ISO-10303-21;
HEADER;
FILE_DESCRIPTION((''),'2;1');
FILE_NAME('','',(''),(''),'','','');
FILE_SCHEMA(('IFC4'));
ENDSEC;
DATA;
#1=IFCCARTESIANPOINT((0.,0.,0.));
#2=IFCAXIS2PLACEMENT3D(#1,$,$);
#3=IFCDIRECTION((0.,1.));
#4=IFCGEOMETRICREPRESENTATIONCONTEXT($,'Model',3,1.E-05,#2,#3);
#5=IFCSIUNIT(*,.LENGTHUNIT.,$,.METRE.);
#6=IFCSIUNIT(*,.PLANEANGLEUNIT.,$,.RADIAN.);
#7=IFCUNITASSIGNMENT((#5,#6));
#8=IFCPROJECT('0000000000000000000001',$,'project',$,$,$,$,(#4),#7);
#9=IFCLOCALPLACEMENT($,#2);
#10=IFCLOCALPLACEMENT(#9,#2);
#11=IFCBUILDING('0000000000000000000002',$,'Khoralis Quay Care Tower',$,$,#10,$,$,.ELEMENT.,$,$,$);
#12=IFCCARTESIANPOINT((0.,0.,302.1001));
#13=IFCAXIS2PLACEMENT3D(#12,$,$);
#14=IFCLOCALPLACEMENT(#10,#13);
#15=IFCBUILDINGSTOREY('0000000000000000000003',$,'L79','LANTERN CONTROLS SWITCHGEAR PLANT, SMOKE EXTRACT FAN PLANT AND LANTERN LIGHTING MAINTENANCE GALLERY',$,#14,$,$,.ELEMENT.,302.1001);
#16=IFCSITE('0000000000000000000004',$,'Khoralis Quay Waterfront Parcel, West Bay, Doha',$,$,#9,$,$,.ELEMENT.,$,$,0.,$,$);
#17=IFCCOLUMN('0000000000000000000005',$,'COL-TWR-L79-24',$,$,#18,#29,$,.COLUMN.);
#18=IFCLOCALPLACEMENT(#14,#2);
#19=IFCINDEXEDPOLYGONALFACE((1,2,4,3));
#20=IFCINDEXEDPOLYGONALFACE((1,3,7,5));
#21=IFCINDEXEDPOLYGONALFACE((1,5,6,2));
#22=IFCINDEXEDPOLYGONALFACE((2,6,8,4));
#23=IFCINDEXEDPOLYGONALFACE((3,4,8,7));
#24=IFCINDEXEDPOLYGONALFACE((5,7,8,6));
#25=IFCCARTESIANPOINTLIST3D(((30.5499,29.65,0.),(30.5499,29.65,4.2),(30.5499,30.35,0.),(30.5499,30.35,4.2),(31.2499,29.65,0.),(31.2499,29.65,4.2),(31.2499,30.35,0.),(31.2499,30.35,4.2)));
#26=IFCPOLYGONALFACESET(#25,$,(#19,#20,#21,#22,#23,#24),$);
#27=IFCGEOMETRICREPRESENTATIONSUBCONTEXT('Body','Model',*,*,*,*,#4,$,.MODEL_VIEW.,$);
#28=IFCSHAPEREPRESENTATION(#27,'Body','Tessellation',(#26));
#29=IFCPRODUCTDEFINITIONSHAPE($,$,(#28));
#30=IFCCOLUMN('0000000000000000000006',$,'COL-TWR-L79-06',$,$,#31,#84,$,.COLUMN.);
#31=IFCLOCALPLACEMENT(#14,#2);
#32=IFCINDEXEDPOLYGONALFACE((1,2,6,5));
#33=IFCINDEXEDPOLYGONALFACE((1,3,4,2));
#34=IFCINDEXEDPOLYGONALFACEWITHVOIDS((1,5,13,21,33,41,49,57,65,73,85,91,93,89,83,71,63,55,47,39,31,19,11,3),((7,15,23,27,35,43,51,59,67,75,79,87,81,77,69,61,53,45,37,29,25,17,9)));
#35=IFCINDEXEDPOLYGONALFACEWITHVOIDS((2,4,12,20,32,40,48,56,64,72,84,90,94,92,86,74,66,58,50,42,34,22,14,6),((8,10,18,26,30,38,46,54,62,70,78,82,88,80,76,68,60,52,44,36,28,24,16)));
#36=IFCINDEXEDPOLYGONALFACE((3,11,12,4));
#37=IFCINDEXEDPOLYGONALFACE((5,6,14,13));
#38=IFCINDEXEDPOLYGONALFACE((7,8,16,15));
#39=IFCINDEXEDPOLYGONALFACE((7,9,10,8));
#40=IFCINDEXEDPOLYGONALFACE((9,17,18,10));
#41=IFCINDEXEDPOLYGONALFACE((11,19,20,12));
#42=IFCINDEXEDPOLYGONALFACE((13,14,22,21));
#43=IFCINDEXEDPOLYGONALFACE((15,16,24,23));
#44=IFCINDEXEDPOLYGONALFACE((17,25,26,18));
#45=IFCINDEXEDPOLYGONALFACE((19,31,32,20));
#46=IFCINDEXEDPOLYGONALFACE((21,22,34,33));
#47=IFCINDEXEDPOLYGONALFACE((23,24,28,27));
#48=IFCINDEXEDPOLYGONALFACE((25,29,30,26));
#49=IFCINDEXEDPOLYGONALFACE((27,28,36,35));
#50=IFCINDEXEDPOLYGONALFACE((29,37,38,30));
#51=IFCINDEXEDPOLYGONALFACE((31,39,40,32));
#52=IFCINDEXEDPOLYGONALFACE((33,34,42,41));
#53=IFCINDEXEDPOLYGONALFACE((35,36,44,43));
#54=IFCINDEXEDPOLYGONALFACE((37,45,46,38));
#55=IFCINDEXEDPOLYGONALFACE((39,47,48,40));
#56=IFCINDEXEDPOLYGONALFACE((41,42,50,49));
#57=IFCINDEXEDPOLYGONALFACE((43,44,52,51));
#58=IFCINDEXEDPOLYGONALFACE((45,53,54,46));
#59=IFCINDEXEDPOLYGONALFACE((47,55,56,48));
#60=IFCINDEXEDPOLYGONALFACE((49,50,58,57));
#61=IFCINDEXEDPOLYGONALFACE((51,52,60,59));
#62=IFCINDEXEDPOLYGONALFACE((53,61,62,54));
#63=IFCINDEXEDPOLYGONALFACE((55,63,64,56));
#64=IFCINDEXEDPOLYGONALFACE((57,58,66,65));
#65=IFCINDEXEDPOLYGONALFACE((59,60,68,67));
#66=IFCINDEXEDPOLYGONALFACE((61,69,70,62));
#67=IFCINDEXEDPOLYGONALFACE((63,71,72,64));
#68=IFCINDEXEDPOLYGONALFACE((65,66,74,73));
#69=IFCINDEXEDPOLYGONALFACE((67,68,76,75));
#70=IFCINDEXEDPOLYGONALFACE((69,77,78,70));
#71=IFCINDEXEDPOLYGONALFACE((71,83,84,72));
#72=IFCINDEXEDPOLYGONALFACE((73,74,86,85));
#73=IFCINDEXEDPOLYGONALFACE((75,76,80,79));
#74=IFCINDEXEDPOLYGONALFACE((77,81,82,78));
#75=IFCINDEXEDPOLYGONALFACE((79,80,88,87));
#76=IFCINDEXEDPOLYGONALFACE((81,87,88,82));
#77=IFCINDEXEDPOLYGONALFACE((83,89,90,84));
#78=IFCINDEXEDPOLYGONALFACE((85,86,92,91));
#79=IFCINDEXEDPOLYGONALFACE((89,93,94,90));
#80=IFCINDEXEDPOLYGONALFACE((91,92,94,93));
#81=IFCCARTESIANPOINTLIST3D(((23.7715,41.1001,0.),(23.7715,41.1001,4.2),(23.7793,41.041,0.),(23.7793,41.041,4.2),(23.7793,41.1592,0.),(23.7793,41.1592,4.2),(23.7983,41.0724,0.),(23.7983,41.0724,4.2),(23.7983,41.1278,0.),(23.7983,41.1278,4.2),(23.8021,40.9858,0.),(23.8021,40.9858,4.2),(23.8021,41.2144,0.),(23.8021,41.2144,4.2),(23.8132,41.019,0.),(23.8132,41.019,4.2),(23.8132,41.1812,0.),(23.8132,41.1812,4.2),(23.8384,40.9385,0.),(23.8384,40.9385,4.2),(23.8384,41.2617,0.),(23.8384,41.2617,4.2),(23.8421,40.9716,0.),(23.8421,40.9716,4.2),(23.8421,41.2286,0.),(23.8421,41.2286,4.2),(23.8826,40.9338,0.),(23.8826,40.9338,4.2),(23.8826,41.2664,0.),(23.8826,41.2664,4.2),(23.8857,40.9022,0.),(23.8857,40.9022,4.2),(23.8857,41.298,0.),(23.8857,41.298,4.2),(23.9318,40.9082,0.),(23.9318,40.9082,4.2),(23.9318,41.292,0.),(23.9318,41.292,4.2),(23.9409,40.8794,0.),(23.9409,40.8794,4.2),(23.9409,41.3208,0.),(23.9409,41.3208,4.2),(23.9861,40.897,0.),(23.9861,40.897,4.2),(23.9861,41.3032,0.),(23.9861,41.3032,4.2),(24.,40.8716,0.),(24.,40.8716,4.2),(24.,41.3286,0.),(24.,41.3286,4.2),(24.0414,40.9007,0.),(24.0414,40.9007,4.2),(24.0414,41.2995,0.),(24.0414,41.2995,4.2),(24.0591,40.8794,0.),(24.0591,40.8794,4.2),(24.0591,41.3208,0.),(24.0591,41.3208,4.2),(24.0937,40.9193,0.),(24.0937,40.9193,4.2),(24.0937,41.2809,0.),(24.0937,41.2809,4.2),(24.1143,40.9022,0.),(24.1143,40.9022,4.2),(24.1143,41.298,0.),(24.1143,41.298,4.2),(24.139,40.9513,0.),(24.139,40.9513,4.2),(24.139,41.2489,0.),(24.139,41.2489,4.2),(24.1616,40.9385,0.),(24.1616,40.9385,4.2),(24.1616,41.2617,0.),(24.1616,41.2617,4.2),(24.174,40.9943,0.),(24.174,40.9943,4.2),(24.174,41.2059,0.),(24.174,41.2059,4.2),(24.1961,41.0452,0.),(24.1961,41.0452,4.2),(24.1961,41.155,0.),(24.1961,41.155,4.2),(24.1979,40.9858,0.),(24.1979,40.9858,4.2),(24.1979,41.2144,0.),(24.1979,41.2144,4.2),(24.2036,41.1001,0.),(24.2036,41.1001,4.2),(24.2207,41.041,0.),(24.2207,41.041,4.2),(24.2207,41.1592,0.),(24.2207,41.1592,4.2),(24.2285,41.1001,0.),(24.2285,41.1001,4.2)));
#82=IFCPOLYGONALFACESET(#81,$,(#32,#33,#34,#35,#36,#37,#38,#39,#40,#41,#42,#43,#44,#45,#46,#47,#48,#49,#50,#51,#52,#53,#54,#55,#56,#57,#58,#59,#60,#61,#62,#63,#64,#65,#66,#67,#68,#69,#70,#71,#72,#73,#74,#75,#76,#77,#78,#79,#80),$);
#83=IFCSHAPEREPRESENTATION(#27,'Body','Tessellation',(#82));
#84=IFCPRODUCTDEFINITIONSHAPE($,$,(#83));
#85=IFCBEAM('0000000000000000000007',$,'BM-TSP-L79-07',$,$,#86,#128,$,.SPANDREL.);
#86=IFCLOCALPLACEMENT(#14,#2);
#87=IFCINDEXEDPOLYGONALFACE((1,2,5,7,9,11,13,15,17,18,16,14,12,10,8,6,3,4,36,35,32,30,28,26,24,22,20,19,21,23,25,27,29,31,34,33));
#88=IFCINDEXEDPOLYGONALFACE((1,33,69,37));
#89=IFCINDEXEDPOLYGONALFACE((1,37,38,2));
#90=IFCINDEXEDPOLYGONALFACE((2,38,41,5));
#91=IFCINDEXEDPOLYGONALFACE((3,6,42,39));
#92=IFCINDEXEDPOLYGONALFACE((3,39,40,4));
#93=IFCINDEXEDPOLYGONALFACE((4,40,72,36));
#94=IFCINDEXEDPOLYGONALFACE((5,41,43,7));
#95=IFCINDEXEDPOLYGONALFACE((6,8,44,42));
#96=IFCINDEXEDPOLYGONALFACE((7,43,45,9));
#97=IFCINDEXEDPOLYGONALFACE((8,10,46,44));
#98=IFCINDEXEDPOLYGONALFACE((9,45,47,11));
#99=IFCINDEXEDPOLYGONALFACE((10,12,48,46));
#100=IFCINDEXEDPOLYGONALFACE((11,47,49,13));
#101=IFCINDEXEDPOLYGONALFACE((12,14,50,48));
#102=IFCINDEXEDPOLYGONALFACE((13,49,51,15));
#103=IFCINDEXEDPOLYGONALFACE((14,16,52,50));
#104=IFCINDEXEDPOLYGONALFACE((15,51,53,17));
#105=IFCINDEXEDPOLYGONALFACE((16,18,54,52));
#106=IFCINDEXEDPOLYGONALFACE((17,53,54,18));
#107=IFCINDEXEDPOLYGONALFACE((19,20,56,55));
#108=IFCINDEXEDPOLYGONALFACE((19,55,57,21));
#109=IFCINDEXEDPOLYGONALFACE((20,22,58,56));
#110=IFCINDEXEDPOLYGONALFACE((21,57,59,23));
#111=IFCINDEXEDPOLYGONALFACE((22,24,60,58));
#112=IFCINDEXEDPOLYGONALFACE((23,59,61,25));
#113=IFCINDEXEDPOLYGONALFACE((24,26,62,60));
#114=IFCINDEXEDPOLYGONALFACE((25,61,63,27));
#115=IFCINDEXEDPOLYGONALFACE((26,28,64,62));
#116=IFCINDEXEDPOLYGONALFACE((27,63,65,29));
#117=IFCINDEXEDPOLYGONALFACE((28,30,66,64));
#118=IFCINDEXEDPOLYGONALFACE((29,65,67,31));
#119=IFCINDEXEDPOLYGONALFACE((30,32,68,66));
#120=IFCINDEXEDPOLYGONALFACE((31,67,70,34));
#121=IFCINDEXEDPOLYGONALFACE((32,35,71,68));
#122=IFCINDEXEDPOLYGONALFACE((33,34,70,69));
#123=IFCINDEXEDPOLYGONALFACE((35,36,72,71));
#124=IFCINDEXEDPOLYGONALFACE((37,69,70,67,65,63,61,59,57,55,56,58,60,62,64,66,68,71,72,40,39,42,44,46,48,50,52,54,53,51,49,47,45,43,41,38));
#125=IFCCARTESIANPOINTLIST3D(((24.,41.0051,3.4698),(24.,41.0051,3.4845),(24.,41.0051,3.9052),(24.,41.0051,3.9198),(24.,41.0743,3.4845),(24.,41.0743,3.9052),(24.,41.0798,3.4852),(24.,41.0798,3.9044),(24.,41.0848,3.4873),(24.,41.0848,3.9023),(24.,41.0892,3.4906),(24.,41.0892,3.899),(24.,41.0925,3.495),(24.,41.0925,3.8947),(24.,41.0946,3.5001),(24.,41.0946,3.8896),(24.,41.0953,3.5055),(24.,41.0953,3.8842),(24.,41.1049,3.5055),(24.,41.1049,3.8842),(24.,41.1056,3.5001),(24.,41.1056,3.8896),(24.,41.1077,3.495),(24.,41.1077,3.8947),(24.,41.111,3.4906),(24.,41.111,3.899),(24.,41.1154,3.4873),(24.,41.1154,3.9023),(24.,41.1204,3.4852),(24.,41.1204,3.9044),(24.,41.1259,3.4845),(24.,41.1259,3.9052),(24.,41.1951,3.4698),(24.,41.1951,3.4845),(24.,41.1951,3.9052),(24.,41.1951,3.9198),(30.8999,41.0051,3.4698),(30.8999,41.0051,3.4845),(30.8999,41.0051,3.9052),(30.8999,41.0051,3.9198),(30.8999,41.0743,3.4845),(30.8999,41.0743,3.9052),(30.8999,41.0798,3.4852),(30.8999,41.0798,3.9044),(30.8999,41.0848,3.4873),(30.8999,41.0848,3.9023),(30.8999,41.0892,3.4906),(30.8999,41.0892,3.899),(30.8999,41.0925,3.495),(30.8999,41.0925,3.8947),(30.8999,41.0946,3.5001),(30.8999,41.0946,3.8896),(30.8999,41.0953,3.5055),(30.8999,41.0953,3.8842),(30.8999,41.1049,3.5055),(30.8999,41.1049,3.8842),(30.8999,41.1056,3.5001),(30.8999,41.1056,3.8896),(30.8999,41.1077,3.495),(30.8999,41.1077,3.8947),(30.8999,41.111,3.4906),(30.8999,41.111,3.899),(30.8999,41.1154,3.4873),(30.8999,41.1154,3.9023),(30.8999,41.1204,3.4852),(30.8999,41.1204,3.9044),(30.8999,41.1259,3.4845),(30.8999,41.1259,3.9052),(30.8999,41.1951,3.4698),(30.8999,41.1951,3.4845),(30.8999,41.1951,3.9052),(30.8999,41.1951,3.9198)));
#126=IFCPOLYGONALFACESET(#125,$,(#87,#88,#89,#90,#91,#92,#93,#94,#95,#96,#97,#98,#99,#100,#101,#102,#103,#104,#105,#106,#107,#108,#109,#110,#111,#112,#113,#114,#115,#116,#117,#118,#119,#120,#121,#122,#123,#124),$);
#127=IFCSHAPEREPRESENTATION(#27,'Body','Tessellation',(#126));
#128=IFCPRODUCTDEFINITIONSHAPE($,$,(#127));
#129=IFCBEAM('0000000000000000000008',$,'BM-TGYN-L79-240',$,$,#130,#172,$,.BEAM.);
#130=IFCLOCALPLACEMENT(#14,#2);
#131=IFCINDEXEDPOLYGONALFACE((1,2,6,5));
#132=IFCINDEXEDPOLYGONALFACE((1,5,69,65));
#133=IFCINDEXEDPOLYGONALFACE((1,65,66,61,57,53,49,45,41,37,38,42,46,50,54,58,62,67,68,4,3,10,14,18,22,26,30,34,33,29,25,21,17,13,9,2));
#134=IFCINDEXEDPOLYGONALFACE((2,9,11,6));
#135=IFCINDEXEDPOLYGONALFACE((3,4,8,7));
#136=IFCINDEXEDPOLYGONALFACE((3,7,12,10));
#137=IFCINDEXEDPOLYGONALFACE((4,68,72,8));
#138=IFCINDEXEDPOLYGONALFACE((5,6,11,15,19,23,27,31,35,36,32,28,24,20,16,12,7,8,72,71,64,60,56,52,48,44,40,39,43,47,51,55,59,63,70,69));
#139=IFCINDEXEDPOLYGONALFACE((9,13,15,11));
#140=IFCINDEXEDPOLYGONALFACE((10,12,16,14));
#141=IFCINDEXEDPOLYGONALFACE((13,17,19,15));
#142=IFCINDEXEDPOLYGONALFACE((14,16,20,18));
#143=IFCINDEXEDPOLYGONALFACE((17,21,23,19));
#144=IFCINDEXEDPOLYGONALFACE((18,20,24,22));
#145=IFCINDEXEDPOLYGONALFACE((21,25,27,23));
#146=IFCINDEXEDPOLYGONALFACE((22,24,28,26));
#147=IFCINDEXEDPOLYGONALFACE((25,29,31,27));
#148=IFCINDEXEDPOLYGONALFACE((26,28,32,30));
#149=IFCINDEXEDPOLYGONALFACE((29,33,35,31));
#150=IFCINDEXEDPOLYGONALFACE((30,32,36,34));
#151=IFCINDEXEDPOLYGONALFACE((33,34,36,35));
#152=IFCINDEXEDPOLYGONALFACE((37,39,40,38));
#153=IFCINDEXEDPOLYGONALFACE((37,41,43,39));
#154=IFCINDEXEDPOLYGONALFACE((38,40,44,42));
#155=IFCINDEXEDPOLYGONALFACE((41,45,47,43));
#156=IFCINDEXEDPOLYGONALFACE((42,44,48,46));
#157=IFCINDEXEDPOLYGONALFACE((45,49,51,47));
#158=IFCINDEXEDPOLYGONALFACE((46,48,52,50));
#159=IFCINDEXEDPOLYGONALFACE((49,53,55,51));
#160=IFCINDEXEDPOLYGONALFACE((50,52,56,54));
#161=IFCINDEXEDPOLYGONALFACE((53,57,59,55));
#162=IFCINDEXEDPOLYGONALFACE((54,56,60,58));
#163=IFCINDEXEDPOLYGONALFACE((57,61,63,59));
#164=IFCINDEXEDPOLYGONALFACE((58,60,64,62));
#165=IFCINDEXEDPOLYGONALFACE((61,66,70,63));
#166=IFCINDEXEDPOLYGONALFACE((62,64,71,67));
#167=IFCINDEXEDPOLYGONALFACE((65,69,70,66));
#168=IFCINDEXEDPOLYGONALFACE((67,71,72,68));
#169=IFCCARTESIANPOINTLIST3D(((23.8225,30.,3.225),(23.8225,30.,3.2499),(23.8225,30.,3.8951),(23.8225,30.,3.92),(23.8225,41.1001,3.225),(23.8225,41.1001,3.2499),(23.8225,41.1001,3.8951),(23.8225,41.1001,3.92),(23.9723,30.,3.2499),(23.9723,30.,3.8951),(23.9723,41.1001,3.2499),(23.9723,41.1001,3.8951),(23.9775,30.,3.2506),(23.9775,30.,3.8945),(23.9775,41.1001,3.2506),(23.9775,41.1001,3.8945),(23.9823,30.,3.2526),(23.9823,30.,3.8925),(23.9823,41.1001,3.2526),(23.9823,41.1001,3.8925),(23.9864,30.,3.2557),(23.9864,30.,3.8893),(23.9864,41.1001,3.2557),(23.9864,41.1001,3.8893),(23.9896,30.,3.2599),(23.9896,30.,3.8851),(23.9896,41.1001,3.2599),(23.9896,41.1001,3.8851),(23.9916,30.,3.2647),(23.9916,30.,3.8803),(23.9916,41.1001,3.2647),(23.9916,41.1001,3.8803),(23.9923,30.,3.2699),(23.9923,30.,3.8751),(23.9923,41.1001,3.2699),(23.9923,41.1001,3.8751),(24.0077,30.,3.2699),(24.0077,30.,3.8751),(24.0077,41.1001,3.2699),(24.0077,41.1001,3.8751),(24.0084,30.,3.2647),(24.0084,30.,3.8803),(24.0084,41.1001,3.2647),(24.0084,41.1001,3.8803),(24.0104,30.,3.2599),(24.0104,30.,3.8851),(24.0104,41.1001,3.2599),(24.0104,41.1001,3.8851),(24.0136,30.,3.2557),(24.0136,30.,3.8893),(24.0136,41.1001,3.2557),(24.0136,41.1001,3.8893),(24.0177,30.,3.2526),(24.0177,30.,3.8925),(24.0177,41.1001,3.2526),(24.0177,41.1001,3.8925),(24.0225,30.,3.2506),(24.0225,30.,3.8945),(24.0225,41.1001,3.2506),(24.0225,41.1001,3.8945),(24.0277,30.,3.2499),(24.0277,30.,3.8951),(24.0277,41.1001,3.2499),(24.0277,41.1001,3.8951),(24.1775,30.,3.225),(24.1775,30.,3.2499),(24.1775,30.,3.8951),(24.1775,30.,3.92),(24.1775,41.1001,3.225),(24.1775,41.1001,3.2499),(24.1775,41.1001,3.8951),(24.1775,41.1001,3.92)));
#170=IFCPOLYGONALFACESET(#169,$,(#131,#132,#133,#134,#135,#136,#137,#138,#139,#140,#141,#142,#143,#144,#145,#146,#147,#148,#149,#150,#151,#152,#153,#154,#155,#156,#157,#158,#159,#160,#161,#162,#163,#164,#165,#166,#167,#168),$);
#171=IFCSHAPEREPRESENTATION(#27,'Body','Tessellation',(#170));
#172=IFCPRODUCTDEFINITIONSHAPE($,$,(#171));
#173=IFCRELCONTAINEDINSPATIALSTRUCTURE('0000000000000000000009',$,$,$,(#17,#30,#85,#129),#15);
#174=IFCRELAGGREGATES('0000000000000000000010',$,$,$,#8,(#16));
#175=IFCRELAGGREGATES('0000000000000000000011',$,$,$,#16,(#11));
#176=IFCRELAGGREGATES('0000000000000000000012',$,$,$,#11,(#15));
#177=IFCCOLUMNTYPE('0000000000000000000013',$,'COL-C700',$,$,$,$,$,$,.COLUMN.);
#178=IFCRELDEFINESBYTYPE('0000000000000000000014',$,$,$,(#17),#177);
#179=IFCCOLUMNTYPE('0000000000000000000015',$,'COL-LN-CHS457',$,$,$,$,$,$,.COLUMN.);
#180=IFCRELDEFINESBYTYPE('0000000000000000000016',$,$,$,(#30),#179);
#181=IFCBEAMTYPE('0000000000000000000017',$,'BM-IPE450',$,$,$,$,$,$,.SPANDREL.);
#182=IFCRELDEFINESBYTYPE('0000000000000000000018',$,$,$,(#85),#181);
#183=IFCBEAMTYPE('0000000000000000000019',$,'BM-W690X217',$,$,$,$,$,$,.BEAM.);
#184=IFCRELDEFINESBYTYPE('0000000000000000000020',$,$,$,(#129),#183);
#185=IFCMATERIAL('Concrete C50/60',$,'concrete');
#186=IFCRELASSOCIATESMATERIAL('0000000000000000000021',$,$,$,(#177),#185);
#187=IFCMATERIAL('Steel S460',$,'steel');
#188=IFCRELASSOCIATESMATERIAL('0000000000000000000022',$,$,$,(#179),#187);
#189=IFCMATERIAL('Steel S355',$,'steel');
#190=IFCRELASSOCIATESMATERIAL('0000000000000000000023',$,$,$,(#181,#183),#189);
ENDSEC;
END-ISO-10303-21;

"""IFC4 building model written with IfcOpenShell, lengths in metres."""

from ifc_helpers import new_model, si_unit, direction, frame, origin, origin_2d, place, context, subcontext, project, spatial, rectangle, hollow_circle, i_section, extrude, source, transform, mapped, material, material_profile, profile_set, type_object, element, save


model = new_model("IFC4")

# Units and contexts
model_context = context("Model", 3, precision=1e-05, world=origin(), true_north=direction((0.0, 1.0)))
body_context = subcontext(model_context, "Body", "Model", "MODEL_VIEW")
ifc_project = project(units=[si_unit("LENGTHUNIT", "METRE"), si_unit("PLANEANGLEUNIT", "RADIAN")], contexts=[model_context])

# Site, building, storey
site_placement = place(None, origin())
site = spatial("IfcSite", under=ifc_project, at=site_placement, Name="Khoralis Quay Waterfront Parcel, West Bay, Doha", CompositionType="ELEMENT", RefElevation=0.0)
building_placement = place(site_placement, origin())
building = spatial("IfcBuilding", under=site, at=building_placement, Name="Khoralis Quay Care Tower", CompositionType="ELEMENT")
storey_placement = place(building_placement, frame((0.0, 0.0, 302.1001)))
storey = spatial("IfcBuildingStorey", under=building, at=storey_placement, Name="L79", Description="LANTERN CONTROLS SWITCHGEAR PLANT, SMOKE EXTRACT FAN PLANT AND LANTERN LIGHTING MAINTENANCE GALLERY", CompositionType="ELEMENT", Elevation=302.1001)

# Columns
ifc_material_1 = material(Name="Concrete C50/60", Category="concrete")
ifc_material_profile_1 = material_profile(ifc_material_1, rectangle(XDim=0.7, YDim=0.7, at=origin_2d()), Name="Concrete C50/60")
ifc_profile_set_1 = profile_set([ifc_material_profile_1], Name="Concrete C50/60")
column_type_1 = type_object("IfcColumnType", Name="COL-C700", PredefinedType="COLUMN", material=ifc_profile_set_1)
shared_shape_1 = source(origin(), body_context, "Body", "SweptSolid", [
    extrude(rectangle(XDim=0.7, YDim=0.7, at=origin_2d()), origin(), (0.0, 0.0, 1.0), 4.2),
])
column_1_placement = place(storey_placement, frame((30.8999, 30.0, 0.0), z_axis=(0.0, 0.0, 1.0), x_axis=(1.0, 0.0, 0.0)))
element("IfcColumn", 1, at=column_1_placement, inside=storey, type_object=column_type_1, Name="COL-TWR-L79-24", PredefinedType="COLUMN", context=body_context, shape_type="MappedRepresentation", body=[
    mapped(shared_shape_1, transform((0.0, 0.0, 0.0), scale=1.0)),
])
ifc_material_2 = material(Name="Steel S460", Category="steel")
ifc_material_profile_2 = material_profile(ifc_material_2, hollow_circle(Radius=0.2285, WallThickness=0.0249, at=origin_2d()), Name="Steel S460")
ifc_profile_set_2 = profile_set([ifc_material_profile_2], Name="Steel S460")
column_type_2 = type_object("IfcColumnType", Name="COL-LN-CHS457", PredefinedType="COLUMN", material=ifc_profile_set_2)
shared_shape_2 = source(origin(), body_context, "Body", "SweptSolid", [
    extrude(hollow_circle(Radius=0.2285, WallThickness=0.0249, at=origin_2d()), origin(), (0.0, 0.0, 1.0), 4.2),
])
column_2_placement = place(storey_placement, frame((24.0, 41.1001, 0.0), z_axis=(0.0, 0.0, 1.0), x_axis=(1.0, 0.0, 0.0)))
element("IfcColumn", 2, at=column_2_placement, inside=storey, type_object=column_type_2, Name="COL-TWR-L79-06", PredefinedType="COLUMN", context=body_context, shape_type="MappedRepresentation", body=[
    mapped(shared_shape_2, transform((0.0, 0.0, 0.0), scale=1.0)),
])

# Beams
ifc_material_3 = material(Name="Steel S355", Category="steel")
ifc_material_profile_3 = material_profile(ifc_material_3, i_section(OverallWidth=0.1899, OverallDepth=0.45, WebThickness=0.0095, FlangeThickness=0.0146, FilletRadius=0.021, at=origin_2d()), Name="Steel S355")
ifc_profile_set_3 = profile_set([ifc_material_profile_3], Name="Steel S355")
beam_type_1 = type_object("IfcBeamType", Name="BM-IPE450", PredefinedType="SPANDREL", material=ifc_profile_set_3)
shared_shape_3 = source(origin(), body_context, "Body", "SweptSolid", [
    extrude(i_section(OverallWidth=0.1899, OverallDepth=0.45, WebThickness=0.0095, FlangeThickness=0.0146, FilletRadius=0.021, at=origin_2d()), origin(), (0.0, 0.0, 1.0), 6.8999),
])
beam_1_placement = place(storey_placement, frame((24.0, 41.1001, 3.6948), z_axis=(1.0, 0.0, 0.0), x_axis=(0.0, 1.0, 0.0)))
element("IfcBeam", 3, at=beam_1_placement, inside=storey, type_object=beam_type_1, Name="BM-TSP-L79-07", PredefinedType="SPANDREL", context=body_context, shape_type="MappedRepresentation", body=[
    mapped(shared_shape_3, transform((0.0, 0.0, 0.0), scale=1.0)),
])
ifc_material_profile_4 = material_profile(ifc_material_3, i_section(OverallWidth=0.355, OverallDepth=0.6951, WebThickness=0.0154, FlangeThickness=0.0249, FilletRadius=0.02, at=origin_2d()), Name="Steel S355")
ifc_profile_set_4 = profile_set([ifc_material_profile_4], Name="Steel S355")
beam_type_2 = type_object("IfcBeamType", Name="BM-W690X217", PredefinedType="BEAM", material=ifc_profile_set_4)
shared_shape_4 = source(origin(), body_context, "Body", "SweptSolid", [
    extrude(i_section(OverallWidth=0.355, OverallDepth=0.6951, WebThickness=0.0154, FlangeThickness=0.0249, FilletRadius=0.02, at=origin_2d()), origin(), (0.0, 0.0, 1.0), 11.1001),
])
for number, where, z_axis, x_axis, name in (
    (4, (24.0, 30.0, 3.5725), (0.0, 1.0, 0.0), (-1.0, 0.0, 0.0), "BM-TGYN-L79-240"),
):
    element("IfcBeam", number, at=place(storey_placement, frame(where, z_axis=z_axis, x_axis=x_axis)), inside=storey, type_object=beam_type_2, Name=name, PredefinedType="BEAM", context=body_context, shape_type="MappedRepresentation", body=[
        mapped(shared_shape_4, transform((0.0, 0.0, 0.0), scale=1.0)),
    ])

save(model, "model.ifc")
